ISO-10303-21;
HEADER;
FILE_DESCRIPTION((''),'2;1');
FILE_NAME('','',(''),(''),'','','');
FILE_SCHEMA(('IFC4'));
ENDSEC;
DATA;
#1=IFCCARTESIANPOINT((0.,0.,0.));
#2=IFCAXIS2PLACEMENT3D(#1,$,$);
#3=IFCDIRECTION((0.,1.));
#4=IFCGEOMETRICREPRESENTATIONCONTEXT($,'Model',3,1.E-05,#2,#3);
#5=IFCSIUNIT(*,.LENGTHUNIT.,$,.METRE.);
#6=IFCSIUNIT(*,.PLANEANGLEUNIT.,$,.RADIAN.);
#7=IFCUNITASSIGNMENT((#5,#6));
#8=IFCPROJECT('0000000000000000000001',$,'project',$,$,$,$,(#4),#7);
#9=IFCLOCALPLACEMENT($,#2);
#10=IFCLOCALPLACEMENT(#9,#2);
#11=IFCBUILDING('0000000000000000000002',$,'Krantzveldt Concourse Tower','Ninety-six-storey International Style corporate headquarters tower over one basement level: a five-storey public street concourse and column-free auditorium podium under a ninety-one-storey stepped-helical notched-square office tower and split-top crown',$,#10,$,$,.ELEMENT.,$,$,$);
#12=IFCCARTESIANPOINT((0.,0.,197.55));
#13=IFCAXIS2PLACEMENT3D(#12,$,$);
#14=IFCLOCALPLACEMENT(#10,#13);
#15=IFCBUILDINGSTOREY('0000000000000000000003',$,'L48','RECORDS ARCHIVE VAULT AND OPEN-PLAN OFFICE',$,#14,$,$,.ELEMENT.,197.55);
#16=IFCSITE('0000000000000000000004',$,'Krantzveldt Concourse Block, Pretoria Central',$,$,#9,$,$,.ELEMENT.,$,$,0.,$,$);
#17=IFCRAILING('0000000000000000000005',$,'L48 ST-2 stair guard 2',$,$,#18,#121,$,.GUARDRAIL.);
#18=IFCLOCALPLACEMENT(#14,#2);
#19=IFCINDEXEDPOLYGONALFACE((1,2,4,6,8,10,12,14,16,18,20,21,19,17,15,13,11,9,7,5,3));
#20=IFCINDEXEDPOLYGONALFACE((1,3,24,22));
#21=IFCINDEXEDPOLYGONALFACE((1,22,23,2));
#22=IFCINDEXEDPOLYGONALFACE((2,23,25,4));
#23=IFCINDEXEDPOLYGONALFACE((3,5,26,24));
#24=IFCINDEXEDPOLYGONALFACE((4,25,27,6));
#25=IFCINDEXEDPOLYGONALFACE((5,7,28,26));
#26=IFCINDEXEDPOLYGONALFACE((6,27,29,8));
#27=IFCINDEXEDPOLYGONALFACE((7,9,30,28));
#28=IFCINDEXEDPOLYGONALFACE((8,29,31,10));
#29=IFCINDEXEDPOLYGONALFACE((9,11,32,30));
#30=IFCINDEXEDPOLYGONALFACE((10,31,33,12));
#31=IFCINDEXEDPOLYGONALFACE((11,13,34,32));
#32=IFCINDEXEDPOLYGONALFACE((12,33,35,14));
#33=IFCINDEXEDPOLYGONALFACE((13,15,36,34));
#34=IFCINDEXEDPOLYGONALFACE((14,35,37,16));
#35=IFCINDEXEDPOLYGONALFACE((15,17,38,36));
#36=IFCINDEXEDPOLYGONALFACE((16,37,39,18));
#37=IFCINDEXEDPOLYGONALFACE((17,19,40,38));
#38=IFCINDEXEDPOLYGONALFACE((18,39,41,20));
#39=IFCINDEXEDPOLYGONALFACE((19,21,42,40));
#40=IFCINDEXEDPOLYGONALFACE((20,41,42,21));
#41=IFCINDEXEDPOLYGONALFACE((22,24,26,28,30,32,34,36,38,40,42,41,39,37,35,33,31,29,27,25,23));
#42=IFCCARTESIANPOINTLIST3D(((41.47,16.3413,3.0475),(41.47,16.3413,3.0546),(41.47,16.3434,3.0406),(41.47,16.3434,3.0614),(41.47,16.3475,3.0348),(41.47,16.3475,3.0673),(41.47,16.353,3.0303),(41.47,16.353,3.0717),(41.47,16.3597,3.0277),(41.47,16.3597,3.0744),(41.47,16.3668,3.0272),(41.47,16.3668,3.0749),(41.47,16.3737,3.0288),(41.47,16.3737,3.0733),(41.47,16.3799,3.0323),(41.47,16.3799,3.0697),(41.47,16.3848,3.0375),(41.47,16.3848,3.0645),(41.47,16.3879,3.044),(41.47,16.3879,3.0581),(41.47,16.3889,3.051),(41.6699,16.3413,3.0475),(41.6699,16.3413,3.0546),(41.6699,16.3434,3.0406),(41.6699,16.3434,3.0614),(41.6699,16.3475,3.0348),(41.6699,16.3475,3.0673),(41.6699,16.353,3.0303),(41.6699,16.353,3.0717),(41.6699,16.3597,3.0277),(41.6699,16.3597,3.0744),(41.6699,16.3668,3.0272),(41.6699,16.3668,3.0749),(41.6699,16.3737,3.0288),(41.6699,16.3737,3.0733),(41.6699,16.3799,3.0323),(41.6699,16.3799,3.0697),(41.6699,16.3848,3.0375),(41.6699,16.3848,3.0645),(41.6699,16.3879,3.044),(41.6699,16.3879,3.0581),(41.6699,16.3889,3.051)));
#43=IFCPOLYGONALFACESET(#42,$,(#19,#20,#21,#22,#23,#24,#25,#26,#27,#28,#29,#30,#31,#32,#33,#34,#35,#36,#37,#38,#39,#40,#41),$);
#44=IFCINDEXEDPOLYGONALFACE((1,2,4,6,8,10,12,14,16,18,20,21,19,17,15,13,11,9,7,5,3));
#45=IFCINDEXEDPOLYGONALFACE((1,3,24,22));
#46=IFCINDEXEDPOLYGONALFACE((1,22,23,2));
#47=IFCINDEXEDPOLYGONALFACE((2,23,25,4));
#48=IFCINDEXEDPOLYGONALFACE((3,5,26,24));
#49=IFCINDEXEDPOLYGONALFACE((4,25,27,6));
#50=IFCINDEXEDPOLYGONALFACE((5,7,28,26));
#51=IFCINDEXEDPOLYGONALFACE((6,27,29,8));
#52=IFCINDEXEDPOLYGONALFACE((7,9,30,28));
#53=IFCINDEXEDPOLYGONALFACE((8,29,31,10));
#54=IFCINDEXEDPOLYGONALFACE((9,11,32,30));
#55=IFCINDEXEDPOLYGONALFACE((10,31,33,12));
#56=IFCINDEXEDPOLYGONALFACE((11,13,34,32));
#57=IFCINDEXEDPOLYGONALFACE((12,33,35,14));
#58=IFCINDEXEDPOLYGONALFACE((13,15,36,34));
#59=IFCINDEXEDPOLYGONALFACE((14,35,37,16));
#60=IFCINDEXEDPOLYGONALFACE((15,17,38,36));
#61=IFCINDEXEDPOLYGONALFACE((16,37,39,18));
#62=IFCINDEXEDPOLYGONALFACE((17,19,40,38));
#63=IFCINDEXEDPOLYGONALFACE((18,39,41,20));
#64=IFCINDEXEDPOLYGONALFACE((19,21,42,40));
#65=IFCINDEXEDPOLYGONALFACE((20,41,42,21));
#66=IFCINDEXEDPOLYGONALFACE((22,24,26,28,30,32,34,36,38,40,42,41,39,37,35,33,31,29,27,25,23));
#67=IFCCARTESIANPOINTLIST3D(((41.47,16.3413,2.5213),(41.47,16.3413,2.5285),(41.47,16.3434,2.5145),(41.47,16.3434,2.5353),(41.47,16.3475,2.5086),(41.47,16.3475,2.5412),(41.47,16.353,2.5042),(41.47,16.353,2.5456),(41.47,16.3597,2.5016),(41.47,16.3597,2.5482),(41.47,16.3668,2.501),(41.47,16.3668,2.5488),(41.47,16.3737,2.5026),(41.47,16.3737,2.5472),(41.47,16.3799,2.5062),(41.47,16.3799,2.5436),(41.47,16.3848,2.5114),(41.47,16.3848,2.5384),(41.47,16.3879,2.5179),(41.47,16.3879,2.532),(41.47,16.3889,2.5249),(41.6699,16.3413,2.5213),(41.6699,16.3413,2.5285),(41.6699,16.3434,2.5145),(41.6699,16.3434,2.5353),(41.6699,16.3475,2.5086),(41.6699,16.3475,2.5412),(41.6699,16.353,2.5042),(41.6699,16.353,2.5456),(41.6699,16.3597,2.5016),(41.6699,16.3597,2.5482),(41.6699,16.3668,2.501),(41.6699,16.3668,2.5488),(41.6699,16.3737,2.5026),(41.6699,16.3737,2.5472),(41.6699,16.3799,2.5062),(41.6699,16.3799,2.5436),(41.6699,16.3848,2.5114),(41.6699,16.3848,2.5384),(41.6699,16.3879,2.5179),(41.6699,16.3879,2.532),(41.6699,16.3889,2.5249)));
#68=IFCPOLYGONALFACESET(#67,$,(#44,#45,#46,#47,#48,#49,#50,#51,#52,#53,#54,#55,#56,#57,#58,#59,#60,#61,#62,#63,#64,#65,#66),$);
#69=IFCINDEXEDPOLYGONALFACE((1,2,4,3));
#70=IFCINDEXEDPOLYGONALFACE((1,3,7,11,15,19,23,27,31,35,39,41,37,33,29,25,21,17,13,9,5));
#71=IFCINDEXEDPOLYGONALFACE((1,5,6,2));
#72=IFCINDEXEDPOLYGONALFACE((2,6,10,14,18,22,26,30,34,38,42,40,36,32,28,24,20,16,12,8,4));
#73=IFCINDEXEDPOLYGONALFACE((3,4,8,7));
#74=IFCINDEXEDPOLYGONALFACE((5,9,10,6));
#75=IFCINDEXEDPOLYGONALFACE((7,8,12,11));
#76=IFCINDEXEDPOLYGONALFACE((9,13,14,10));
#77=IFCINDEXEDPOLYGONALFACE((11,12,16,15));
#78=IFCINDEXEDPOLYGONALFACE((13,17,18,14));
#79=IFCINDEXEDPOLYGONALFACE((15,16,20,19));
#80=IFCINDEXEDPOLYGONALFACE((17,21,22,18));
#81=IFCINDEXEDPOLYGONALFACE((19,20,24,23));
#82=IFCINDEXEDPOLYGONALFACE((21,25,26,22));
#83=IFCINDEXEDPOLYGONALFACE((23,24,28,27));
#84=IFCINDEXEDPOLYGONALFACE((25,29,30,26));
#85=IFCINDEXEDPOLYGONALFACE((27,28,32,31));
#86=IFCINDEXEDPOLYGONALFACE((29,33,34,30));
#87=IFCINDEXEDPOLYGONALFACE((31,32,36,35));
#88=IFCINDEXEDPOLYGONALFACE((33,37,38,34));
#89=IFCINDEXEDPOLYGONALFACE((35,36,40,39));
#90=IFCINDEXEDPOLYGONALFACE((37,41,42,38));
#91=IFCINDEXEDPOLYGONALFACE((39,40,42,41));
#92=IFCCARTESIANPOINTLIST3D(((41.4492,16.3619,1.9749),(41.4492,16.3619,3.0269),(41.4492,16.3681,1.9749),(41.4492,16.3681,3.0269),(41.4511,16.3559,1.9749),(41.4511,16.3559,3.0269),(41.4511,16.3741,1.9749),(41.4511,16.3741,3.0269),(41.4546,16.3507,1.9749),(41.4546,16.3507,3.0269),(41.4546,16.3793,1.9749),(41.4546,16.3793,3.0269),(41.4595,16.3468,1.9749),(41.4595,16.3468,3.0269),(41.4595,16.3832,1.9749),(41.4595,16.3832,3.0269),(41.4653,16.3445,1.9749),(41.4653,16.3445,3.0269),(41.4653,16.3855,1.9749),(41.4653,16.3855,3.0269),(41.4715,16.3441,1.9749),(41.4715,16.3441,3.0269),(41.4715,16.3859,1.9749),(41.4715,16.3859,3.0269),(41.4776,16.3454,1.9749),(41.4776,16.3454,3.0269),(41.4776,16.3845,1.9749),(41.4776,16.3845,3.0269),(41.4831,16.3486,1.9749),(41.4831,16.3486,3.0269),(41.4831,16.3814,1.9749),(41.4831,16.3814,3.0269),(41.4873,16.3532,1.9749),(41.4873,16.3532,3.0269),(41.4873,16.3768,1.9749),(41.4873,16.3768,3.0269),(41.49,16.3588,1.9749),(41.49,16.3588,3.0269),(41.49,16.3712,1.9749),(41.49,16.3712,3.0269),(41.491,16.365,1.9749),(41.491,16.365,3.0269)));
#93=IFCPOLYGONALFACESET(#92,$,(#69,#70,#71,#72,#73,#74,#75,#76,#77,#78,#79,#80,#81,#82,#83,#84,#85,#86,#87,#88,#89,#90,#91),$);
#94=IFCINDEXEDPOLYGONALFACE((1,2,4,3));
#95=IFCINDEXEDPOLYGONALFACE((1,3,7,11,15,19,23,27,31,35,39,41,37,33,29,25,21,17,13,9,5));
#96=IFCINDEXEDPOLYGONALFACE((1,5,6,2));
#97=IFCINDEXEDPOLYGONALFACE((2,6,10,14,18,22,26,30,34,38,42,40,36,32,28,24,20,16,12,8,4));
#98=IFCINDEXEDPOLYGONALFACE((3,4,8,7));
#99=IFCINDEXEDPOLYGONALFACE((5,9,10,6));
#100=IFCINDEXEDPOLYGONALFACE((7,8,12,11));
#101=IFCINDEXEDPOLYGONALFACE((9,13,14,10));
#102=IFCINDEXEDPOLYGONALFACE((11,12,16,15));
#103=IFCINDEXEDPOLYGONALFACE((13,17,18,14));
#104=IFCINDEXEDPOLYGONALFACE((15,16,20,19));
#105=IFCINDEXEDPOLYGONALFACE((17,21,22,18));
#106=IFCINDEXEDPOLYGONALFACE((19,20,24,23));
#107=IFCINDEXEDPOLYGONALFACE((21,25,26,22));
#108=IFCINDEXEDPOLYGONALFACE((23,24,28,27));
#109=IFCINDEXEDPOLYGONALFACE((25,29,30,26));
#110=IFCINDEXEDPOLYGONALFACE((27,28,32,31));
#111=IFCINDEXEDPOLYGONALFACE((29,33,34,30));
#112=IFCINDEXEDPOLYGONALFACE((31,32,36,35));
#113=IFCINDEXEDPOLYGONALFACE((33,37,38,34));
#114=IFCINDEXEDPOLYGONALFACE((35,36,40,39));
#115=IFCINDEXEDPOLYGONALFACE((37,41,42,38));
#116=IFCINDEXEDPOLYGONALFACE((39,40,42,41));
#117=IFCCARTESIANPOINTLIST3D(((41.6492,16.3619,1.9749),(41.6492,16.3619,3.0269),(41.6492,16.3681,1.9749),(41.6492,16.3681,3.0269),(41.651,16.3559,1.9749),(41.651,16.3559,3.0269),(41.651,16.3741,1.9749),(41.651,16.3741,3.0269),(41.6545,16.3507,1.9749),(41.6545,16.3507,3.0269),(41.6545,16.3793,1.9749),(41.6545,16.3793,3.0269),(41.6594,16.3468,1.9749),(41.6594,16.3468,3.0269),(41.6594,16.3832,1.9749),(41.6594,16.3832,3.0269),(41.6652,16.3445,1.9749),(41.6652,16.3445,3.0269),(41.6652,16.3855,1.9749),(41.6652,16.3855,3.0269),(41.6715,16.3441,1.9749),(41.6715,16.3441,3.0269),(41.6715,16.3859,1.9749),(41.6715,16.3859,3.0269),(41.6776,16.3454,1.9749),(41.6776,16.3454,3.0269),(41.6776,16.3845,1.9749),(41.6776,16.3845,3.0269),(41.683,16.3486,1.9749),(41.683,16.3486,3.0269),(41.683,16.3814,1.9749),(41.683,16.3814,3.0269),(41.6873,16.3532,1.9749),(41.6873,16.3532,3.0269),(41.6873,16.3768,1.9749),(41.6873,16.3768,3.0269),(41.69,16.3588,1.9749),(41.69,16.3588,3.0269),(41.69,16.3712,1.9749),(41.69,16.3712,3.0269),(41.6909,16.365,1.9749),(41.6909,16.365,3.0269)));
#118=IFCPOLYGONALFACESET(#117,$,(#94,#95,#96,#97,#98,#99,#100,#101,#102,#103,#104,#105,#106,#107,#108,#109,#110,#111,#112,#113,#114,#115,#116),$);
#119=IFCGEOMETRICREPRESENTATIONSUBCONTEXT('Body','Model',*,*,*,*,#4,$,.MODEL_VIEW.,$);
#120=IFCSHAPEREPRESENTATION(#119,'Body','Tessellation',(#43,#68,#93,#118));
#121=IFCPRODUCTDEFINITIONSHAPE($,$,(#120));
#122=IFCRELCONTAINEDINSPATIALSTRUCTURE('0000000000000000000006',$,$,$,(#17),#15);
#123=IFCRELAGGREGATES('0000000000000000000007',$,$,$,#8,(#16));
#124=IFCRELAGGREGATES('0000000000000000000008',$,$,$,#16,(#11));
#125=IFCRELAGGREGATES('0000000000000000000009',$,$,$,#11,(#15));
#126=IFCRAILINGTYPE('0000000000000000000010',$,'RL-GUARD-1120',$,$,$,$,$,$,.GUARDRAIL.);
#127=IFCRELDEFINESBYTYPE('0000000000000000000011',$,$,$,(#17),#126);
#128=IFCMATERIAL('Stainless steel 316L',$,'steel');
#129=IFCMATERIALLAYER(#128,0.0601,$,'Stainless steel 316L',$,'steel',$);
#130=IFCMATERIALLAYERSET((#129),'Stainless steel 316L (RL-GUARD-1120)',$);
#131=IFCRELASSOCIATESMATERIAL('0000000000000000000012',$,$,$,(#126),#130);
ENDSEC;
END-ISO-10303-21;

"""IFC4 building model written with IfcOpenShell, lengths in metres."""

from ifc_helpers import new_model, si_unit, direction, frame, origin, origin_2d, place, context, subcontext, project, spatial, circle, extrude, material, layer, layer_set, type_object, element, save


model = new_model("IFC4")

# Units and contexts
model_context = context("Model", 3, precision=1e-05, world=origin(), true_north=direction((0.0, 1.0)))
body_context = subcontext(model_context, "Body", "Model", "MODEL_VIEW")
ifc_project = project(units=[si_unit("LENGTHUNIT", "METRE"), si_unit("PLANEANGLEUNIT", "RADIAN")], contexts=[model_context])

# Site, building, storey
site_placement = place(None, origin())
site = spatial("IfcSite", under=ifc_project, at=site_placement, Name="Krantzveldt Concourse Block, Pretoria Central", CompositionType="ELEMENT", RefElevation=0.0)
building_placement = place(site_placement, origin())
building = spatial("IfcBuilding", under=site, at=building_placement, Name="Krantzveldt Concourse Tower", Description="Ninety-six-storey International Style corporate headquarters tower over one basement level: a five-storey public street concourse and column-free auditorium podium under a ninety-one-storey stepped-helical notched-square office tower and split-top crown", CompositionType="ELEMENT")
storey_placement = place(building_placement, frame((0.0, 0.0, 197.55)))
storey = spatial("IfcBuildingStorey", under=building, at=storey_placement, Name="L48", Description="RECORDS ARCHIVE VAULT AND OPEN-PLAN OFFICE", CompositionType="ELEMENT", Elevation=197.55)

# Shared definitions
ifc_material_1 = material(Name="Stainless steel 316L", Category="steel")

# Railing
ifc_layer_1 = layer(ifc_material_1, 0.0601, Name="Stainless steel 316L", Category="steel")
ifc_layer_set_1 = layer_set([ifc_layer_1], Name="Stainless steel 316L (RL-GUARD-1120)")
railing_type_1 = type_object("IfcRailingType", Name="RL-GUARD-1120", PredefinedType="GUARDRAIL", material=ifc_layer_set_1)
railing_1_placement = place(storey_placement, frame((41.47, 16.365, 1.9749)))
element("IfcRailing", 1, at=railing_1_placement, inside=storey, type_object=railing_type_1, Name="L48 ST-2 stair guard 2", PredefinedType="GUARDRAIL", context=body_context, shape_type="SweptSolid", body=[
    extrude(circle(Radius=0.0239, at=origin_2d()), frame((0.0, 0.0, 1.0762), z_axis=(1.0, 0.0, 0.0), x_axis=(0.0, 1.0, 0.0)), (0.0, 0.0, 1.0), 0.2),
    extrude(circle(Radius=0.0239, at=origin_2d()), frame((0.0, 0.0, 0.55), z_axis=(1.0, 0.0, 0.0), x_axis=(0.0, 1.0, 0.0)), (0.0, 0.0, 1.0), 0.2),
    extrude(circle(Radius=0.021, at=origin_2d()), origin(), (0.0, 0.0, 1.0), 1.052),
    extrude(circle(Radius=0.021, at=origin_2d()), frame((0.2, 0.0, 0.0)), (0.0, 0.0, 1.0), 1.052),
])

save(model, "model.ifc")
